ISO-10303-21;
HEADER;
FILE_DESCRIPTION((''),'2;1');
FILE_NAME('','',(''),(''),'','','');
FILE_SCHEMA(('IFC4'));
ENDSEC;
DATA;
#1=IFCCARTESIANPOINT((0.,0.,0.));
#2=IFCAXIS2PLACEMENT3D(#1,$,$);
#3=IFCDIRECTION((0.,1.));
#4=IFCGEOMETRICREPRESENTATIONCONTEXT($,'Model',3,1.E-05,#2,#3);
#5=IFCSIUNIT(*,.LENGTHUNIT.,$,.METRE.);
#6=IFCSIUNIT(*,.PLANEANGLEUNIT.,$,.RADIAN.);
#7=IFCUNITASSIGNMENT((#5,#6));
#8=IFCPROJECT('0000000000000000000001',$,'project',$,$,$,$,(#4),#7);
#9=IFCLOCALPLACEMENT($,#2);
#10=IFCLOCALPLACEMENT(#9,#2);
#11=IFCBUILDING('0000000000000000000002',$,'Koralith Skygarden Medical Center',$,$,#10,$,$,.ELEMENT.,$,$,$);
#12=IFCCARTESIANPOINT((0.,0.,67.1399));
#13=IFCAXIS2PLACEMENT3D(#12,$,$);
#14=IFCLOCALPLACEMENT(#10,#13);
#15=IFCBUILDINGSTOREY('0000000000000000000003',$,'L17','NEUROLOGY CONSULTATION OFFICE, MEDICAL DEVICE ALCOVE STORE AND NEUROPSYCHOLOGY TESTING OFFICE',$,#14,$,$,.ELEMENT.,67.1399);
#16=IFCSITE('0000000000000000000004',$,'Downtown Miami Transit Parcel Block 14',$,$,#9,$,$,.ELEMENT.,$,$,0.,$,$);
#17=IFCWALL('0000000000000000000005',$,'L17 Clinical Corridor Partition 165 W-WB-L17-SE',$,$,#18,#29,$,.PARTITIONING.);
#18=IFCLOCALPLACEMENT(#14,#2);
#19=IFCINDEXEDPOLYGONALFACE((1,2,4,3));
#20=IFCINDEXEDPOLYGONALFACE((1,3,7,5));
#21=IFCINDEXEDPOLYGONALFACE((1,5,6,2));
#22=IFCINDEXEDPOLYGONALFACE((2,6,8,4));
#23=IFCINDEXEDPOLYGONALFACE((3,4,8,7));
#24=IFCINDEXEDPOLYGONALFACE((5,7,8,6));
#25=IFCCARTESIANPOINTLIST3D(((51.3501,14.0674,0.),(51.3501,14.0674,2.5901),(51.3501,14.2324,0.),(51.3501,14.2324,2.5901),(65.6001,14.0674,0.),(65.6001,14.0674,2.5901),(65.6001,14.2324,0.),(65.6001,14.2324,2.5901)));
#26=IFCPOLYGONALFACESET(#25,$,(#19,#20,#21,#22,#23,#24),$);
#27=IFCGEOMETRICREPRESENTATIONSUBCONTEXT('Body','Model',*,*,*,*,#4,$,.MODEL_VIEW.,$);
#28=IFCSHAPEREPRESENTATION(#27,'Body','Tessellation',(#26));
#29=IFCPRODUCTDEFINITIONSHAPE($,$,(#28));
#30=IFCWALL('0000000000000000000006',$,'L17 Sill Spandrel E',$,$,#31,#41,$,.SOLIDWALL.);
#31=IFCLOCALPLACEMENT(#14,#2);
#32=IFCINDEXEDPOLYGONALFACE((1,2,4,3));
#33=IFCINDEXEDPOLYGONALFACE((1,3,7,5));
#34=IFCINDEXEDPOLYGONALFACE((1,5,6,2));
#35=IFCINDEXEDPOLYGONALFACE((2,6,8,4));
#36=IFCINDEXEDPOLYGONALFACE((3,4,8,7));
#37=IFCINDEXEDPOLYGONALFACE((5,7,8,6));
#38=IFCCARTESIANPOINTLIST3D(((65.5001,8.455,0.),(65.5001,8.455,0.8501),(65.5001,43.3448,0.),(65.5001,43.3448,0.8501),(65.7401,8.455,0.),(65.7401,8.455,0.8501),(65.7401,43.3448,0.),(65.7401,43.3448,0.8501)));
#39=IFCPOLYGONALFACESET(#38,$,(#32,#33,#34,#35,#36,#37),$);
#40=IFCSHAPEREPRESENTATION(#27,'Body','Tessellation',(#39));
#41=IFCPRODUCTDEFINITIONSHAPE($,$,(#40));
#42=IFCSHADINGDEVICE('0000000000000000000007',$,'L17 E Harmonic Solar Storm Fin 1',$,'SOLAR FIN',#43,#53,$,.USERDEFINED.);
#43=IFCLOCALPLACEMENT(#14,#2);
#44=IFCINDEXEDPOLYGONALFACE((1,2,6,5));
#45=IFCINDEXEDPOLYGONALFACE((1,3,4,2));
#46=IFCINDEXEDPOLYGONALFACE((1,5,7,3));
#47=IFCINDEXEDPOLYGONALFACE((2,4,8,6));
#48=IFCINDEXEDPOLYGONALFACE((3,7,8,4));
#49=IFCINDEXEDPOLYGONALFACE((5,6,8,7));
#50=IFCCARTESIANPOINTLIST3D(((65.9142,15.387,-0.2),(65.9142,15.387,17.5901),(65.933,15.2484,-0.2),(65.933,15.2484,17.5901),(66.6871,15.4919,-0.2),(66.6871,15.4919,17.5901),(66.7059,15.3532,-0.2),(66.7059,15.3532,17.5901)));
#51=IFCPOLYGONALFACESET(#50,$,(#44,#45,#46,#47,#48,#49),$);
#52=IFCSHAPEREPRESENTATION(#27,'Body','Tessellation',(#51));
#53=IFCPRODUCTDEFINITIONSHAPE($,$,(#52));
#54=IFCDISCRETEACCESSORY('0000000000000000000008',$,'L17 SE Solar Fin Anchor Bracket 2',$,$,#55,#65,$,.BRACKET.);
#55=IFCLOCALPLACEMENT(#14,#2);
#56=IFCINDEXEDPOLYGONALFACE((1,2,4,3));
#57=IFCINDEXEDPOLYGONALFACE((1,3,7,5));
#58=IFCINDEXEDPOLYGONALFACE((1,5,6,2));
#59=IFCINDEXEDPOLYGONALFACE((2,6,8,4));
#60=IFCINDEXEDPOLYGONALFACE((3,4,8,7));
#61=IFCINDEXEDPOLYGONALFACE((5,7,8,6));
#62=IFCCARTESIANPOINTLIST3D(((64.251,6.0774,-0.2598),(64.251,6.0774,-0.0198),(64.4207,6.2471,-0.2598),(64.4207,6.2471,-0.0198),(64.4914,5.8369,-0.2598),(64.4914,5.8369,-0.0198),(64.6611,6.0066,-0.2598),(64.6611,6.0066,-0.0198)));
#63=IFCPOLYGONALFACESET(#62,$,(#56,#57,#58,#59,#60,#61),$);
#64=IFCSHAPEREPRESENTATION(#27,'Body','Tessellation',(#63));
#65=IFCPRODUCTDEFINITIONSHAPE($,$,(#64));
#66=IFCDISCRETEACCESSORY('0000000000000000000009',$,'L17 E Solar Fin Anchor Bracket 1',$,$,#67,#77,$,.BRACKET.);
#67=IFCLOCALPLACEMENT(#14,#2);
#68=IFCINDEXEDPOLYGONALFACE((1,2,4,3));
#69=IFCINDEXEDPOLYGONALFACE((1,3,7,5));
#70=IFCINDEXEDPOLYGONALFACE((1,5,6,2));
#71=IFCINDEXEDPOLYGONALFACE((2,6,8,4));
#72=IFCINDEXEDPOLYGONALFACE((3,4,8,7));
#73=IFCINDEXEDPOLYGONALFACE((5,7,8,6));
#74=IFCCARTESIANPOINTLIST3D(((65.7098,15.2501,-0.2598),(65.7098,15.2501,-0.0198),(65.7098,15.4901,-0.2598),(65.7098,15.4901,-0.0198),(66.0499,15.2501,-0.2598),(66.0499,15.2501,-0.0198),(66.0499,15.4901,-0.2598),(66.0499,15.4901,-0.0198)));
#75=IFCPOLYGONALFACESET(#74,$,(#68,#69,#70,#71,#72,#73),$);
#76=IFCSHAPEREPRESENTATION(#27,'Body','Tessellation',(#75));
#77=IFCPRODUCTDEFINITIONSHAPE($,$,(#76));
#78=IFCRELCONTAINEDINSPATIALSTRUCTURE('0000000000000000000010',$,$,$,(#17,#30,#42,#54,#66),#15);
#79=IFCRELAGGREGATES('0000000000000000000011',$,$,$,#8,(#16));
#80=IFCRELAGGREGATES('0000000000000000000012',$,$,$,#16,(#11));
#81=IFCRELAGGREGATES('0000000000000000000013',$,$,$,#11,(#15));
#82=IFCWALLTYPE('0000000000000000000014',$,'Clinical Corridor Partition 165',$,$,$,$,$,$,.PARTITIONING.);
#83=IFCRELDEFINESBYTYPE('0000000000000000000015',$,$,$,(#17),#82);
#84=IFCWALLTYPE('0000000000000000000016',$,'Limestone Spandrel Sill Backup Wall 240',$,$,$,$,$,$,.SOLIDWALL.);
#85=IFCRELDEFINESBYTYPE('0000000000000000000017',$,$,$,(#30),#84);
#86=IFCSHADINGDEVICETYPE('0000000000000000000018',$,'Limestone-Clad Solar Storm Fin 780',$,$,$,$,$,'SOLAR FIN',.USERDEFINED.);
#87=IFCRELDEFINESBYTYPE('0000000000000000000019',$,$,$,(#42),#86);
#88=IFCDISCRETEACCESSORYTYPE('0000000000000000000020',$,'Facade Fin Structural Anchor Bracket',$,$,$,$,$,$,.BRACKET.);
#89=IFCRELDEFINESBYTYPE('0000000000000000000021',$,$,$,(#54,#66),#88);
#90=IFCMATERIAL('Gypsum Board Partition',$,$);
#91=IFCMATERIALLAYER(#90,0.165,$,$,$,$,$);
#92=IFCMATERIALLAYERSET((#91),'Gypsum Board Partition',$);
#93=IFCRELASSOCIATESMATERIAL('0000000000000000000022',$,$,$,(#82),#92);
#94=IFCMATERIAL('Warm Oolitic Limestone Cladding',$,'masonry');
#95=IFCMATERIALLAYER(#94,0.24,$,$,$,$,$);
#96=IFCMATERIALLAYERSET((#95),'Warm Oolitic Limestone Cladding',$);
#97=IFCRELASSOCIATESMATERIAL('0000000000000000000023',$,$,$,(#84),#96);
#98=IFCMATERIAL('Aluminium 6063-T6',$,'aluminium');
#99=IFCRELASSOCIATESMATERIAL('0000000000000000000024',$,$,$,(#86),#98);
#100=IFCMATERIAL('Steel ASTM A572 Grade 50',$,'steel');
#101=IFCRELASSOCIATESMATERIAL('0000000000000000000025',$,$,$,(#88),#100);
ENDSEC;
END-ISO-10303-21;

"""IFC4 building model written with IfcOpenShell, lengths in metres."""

from ifc_helpers import new_model, si_unit, direction, frame, frame_2d, origin, origin_2d, place, context, subcontext, project, spatial, rectangle, extrude, material, layer, layer_set, type_object, element, save


model = new_model("IFC4")

# Units and contexts
model_context = context("Model", 3, precision=1e-05, world=origin(), true_north=direction((0.0, 1.0)))
body_context = subcontext(model_context, "Body", "Model", "MODEL_VIEW")
ifc_project = project(units=[si_unit("LENGTHUNIT", "METRE"), si_unit("PLANEANGLEUNIT", "RADIAN")], contexts=[model_context])

# Site, building, storey
site_placement = place(None, origin())
site = spatial("IfcSite", under=ifc_project, at=site_placement, Name="Downtown Miami Transit Parcel Block 14", CompositionType="ELEMENT", RefElevation=0.0)
building_placement = place(site_placement, origin())
building = spatial("IfcBuilding", under=site, at=building_placement, Name="Koralith Skygarden Medical Center", CompositionType="ELEMENT")
storey_placement = place(building_placement, frame((0.0, 0.0, 67.1399)))
storey = spatial("IfcBuildingStorey", under=building, at=storey_placement, Name="L17", Description="NEUROLOGY CONSULTATION OFFICE, MEDICAL DEVICE ALCOVE STORE AND NEUROPSYCHOLOGY TESTING OFFICE", CompositionType="ELEMENT", Elevation=67.1399)

# Shared definitions
ifc_material_1 = material(Name="Aluminium 6063-T6", Category="aluminium")

# Shared definitions
ifc_material_2 = material(Name="Warm Oolitic Limestone Cladding", Category="masonry")

# Wall
ifc_material_3 = material(Name="Gypsum Board Partition")
ifc_layer_1 = layer(ifc_material_3, 0.165)
ifc_layer_set_1 = layer_set([ifc_layer_1], Name="Gypsum Board Partition")
wall_type_1 = type_object("IfcWallType", Name="Clinical Corridor Partition 165", PredefinedType="PARTITIONING", material=ifc_layer_set_1)
wall_1_placement = place(storey_placement, frame((51.3501, 14.1499, 0.0), z_axis=(0.0, 0.0, 1.0), x_axis=(1.0, 0.0, 0.0)))
element("IfcWall", 1, at=wall_1_placement, inside=storey, type_object=wall_type_1, Name="L17 Clinical Corridor Partition 165 W-WB-L17-SE", PredefinedType="PARTITIONING", context=body_context, shape_type="SweptSolid", body=[
    extrude(rectangle(XDim=14.25, YDim=0.165, at=frame_2d((7.125, 0.0))), origin(), (0.0, 0.0, 1.0), 2.5901),
])

# Wall
ifc_layer_2 = layer(ifc_material_2, 0.24)
ifc_layer_set_2 = layer_set([ifc_layer_2], Name="Warm Oolitic Limestone Cladding")
wall_type_2 = type_object("IfcWallType", Name="Limestone Spandrel Sill Backup Wall 240", PredefinedType="SOLIDWALL", material=ifc_layer_set_2)
wall_2_placement = place(storey_placement, frame((65.6201, 8.4551, 0.0), z_axis=(0.0, 0.0, 1.0), x_axis=(0.0, 1.0, 0.0)))
element("IfcWall", 2, at=wall_2_placement, inside=storey, type_object=wall_type_2, Name="L17 Sill Spandrel E", PredefinedType="SOLIDWALL", context=body_context, shape_type="SweptSolid", body=[
    extrude(rectangle(XDim=34.8899, YDim=0.24, at=frame_2d((17.4448, 0.0))), origin(), (0.0, 0.0, 1.0), 0.8501),
])

# Shading device
shading_device_type = type_object("IfcShadingDeviceType", Name="Limestone-Clad Solar Storm Fin 780", ElementType="SOLAR FIN", PredefinedType="USERDEFINED", material=ifc_material_1)
shading_device_placement = place(storey_placement, frame((66.3101, 15.3701, -0.2), z_axis=(0.0, 0.0, 1.0), x_axis=(0.99092, 0.134453, 0.0)))
element("IfcShadingDevice", 3, at=shading_device_placement, inside=storey, type_object=shading_device_type, Name="L17 E Harmonic Solar Storm Fin 1", ObjectType="SOLAR FIN", PredefinedType="USERDEFINED", context=body_context, shape_type="SweptSolid", body=[
    extrude(rectangle(XDim=0.78, YDim=0.1399, at=origin_2d()), origin(), (0.0, 0.0, 1.0), 17.79),
])

# Discrete accessories
ifc_material_4 = material(Name="Steel ASTM A572 Grade 50", Category="steel")
discrete_accessory_type = type_object("IfcDiscreteAccessoryType", Name="Facade Fin Structural Anchor Bracket", PredefinedType="BRACKET", material=ifc_material_4)
for number, where, z_axis, x_axis, name in (
    (4, (64.4561, 6.042, -0.2598), (0.0, 0.0, 1.0), (0.707107, -0.707107, 0.0), "L17 SE Solar Fin Anchor Bracket 2"),
    (5, (65.8799, 15.3701, -0.2598), (0.0, 0.0, 1.0), (1.0, 0.0, 0.0), "L17 E Solar Fin Anchor Bracket 1"),
):
    element("IfcDiscreteAccessory", number, at=place(storey_placement, frame(where, z_axis=z_axis, x_axis=x_axis)), inside=storey, type_object=discrete_accessory_type, Name=name, PredefinedType="BRACKET", context=body_context, shape_type="SweptSolid", body=[
        extrude(rectangle(XDim=0.3401, YDim=0.24, at=origin_2d()), origin(), (0.0, 0.0, 1.0), 0.24),
    ])

save(model, "model.ifc")
